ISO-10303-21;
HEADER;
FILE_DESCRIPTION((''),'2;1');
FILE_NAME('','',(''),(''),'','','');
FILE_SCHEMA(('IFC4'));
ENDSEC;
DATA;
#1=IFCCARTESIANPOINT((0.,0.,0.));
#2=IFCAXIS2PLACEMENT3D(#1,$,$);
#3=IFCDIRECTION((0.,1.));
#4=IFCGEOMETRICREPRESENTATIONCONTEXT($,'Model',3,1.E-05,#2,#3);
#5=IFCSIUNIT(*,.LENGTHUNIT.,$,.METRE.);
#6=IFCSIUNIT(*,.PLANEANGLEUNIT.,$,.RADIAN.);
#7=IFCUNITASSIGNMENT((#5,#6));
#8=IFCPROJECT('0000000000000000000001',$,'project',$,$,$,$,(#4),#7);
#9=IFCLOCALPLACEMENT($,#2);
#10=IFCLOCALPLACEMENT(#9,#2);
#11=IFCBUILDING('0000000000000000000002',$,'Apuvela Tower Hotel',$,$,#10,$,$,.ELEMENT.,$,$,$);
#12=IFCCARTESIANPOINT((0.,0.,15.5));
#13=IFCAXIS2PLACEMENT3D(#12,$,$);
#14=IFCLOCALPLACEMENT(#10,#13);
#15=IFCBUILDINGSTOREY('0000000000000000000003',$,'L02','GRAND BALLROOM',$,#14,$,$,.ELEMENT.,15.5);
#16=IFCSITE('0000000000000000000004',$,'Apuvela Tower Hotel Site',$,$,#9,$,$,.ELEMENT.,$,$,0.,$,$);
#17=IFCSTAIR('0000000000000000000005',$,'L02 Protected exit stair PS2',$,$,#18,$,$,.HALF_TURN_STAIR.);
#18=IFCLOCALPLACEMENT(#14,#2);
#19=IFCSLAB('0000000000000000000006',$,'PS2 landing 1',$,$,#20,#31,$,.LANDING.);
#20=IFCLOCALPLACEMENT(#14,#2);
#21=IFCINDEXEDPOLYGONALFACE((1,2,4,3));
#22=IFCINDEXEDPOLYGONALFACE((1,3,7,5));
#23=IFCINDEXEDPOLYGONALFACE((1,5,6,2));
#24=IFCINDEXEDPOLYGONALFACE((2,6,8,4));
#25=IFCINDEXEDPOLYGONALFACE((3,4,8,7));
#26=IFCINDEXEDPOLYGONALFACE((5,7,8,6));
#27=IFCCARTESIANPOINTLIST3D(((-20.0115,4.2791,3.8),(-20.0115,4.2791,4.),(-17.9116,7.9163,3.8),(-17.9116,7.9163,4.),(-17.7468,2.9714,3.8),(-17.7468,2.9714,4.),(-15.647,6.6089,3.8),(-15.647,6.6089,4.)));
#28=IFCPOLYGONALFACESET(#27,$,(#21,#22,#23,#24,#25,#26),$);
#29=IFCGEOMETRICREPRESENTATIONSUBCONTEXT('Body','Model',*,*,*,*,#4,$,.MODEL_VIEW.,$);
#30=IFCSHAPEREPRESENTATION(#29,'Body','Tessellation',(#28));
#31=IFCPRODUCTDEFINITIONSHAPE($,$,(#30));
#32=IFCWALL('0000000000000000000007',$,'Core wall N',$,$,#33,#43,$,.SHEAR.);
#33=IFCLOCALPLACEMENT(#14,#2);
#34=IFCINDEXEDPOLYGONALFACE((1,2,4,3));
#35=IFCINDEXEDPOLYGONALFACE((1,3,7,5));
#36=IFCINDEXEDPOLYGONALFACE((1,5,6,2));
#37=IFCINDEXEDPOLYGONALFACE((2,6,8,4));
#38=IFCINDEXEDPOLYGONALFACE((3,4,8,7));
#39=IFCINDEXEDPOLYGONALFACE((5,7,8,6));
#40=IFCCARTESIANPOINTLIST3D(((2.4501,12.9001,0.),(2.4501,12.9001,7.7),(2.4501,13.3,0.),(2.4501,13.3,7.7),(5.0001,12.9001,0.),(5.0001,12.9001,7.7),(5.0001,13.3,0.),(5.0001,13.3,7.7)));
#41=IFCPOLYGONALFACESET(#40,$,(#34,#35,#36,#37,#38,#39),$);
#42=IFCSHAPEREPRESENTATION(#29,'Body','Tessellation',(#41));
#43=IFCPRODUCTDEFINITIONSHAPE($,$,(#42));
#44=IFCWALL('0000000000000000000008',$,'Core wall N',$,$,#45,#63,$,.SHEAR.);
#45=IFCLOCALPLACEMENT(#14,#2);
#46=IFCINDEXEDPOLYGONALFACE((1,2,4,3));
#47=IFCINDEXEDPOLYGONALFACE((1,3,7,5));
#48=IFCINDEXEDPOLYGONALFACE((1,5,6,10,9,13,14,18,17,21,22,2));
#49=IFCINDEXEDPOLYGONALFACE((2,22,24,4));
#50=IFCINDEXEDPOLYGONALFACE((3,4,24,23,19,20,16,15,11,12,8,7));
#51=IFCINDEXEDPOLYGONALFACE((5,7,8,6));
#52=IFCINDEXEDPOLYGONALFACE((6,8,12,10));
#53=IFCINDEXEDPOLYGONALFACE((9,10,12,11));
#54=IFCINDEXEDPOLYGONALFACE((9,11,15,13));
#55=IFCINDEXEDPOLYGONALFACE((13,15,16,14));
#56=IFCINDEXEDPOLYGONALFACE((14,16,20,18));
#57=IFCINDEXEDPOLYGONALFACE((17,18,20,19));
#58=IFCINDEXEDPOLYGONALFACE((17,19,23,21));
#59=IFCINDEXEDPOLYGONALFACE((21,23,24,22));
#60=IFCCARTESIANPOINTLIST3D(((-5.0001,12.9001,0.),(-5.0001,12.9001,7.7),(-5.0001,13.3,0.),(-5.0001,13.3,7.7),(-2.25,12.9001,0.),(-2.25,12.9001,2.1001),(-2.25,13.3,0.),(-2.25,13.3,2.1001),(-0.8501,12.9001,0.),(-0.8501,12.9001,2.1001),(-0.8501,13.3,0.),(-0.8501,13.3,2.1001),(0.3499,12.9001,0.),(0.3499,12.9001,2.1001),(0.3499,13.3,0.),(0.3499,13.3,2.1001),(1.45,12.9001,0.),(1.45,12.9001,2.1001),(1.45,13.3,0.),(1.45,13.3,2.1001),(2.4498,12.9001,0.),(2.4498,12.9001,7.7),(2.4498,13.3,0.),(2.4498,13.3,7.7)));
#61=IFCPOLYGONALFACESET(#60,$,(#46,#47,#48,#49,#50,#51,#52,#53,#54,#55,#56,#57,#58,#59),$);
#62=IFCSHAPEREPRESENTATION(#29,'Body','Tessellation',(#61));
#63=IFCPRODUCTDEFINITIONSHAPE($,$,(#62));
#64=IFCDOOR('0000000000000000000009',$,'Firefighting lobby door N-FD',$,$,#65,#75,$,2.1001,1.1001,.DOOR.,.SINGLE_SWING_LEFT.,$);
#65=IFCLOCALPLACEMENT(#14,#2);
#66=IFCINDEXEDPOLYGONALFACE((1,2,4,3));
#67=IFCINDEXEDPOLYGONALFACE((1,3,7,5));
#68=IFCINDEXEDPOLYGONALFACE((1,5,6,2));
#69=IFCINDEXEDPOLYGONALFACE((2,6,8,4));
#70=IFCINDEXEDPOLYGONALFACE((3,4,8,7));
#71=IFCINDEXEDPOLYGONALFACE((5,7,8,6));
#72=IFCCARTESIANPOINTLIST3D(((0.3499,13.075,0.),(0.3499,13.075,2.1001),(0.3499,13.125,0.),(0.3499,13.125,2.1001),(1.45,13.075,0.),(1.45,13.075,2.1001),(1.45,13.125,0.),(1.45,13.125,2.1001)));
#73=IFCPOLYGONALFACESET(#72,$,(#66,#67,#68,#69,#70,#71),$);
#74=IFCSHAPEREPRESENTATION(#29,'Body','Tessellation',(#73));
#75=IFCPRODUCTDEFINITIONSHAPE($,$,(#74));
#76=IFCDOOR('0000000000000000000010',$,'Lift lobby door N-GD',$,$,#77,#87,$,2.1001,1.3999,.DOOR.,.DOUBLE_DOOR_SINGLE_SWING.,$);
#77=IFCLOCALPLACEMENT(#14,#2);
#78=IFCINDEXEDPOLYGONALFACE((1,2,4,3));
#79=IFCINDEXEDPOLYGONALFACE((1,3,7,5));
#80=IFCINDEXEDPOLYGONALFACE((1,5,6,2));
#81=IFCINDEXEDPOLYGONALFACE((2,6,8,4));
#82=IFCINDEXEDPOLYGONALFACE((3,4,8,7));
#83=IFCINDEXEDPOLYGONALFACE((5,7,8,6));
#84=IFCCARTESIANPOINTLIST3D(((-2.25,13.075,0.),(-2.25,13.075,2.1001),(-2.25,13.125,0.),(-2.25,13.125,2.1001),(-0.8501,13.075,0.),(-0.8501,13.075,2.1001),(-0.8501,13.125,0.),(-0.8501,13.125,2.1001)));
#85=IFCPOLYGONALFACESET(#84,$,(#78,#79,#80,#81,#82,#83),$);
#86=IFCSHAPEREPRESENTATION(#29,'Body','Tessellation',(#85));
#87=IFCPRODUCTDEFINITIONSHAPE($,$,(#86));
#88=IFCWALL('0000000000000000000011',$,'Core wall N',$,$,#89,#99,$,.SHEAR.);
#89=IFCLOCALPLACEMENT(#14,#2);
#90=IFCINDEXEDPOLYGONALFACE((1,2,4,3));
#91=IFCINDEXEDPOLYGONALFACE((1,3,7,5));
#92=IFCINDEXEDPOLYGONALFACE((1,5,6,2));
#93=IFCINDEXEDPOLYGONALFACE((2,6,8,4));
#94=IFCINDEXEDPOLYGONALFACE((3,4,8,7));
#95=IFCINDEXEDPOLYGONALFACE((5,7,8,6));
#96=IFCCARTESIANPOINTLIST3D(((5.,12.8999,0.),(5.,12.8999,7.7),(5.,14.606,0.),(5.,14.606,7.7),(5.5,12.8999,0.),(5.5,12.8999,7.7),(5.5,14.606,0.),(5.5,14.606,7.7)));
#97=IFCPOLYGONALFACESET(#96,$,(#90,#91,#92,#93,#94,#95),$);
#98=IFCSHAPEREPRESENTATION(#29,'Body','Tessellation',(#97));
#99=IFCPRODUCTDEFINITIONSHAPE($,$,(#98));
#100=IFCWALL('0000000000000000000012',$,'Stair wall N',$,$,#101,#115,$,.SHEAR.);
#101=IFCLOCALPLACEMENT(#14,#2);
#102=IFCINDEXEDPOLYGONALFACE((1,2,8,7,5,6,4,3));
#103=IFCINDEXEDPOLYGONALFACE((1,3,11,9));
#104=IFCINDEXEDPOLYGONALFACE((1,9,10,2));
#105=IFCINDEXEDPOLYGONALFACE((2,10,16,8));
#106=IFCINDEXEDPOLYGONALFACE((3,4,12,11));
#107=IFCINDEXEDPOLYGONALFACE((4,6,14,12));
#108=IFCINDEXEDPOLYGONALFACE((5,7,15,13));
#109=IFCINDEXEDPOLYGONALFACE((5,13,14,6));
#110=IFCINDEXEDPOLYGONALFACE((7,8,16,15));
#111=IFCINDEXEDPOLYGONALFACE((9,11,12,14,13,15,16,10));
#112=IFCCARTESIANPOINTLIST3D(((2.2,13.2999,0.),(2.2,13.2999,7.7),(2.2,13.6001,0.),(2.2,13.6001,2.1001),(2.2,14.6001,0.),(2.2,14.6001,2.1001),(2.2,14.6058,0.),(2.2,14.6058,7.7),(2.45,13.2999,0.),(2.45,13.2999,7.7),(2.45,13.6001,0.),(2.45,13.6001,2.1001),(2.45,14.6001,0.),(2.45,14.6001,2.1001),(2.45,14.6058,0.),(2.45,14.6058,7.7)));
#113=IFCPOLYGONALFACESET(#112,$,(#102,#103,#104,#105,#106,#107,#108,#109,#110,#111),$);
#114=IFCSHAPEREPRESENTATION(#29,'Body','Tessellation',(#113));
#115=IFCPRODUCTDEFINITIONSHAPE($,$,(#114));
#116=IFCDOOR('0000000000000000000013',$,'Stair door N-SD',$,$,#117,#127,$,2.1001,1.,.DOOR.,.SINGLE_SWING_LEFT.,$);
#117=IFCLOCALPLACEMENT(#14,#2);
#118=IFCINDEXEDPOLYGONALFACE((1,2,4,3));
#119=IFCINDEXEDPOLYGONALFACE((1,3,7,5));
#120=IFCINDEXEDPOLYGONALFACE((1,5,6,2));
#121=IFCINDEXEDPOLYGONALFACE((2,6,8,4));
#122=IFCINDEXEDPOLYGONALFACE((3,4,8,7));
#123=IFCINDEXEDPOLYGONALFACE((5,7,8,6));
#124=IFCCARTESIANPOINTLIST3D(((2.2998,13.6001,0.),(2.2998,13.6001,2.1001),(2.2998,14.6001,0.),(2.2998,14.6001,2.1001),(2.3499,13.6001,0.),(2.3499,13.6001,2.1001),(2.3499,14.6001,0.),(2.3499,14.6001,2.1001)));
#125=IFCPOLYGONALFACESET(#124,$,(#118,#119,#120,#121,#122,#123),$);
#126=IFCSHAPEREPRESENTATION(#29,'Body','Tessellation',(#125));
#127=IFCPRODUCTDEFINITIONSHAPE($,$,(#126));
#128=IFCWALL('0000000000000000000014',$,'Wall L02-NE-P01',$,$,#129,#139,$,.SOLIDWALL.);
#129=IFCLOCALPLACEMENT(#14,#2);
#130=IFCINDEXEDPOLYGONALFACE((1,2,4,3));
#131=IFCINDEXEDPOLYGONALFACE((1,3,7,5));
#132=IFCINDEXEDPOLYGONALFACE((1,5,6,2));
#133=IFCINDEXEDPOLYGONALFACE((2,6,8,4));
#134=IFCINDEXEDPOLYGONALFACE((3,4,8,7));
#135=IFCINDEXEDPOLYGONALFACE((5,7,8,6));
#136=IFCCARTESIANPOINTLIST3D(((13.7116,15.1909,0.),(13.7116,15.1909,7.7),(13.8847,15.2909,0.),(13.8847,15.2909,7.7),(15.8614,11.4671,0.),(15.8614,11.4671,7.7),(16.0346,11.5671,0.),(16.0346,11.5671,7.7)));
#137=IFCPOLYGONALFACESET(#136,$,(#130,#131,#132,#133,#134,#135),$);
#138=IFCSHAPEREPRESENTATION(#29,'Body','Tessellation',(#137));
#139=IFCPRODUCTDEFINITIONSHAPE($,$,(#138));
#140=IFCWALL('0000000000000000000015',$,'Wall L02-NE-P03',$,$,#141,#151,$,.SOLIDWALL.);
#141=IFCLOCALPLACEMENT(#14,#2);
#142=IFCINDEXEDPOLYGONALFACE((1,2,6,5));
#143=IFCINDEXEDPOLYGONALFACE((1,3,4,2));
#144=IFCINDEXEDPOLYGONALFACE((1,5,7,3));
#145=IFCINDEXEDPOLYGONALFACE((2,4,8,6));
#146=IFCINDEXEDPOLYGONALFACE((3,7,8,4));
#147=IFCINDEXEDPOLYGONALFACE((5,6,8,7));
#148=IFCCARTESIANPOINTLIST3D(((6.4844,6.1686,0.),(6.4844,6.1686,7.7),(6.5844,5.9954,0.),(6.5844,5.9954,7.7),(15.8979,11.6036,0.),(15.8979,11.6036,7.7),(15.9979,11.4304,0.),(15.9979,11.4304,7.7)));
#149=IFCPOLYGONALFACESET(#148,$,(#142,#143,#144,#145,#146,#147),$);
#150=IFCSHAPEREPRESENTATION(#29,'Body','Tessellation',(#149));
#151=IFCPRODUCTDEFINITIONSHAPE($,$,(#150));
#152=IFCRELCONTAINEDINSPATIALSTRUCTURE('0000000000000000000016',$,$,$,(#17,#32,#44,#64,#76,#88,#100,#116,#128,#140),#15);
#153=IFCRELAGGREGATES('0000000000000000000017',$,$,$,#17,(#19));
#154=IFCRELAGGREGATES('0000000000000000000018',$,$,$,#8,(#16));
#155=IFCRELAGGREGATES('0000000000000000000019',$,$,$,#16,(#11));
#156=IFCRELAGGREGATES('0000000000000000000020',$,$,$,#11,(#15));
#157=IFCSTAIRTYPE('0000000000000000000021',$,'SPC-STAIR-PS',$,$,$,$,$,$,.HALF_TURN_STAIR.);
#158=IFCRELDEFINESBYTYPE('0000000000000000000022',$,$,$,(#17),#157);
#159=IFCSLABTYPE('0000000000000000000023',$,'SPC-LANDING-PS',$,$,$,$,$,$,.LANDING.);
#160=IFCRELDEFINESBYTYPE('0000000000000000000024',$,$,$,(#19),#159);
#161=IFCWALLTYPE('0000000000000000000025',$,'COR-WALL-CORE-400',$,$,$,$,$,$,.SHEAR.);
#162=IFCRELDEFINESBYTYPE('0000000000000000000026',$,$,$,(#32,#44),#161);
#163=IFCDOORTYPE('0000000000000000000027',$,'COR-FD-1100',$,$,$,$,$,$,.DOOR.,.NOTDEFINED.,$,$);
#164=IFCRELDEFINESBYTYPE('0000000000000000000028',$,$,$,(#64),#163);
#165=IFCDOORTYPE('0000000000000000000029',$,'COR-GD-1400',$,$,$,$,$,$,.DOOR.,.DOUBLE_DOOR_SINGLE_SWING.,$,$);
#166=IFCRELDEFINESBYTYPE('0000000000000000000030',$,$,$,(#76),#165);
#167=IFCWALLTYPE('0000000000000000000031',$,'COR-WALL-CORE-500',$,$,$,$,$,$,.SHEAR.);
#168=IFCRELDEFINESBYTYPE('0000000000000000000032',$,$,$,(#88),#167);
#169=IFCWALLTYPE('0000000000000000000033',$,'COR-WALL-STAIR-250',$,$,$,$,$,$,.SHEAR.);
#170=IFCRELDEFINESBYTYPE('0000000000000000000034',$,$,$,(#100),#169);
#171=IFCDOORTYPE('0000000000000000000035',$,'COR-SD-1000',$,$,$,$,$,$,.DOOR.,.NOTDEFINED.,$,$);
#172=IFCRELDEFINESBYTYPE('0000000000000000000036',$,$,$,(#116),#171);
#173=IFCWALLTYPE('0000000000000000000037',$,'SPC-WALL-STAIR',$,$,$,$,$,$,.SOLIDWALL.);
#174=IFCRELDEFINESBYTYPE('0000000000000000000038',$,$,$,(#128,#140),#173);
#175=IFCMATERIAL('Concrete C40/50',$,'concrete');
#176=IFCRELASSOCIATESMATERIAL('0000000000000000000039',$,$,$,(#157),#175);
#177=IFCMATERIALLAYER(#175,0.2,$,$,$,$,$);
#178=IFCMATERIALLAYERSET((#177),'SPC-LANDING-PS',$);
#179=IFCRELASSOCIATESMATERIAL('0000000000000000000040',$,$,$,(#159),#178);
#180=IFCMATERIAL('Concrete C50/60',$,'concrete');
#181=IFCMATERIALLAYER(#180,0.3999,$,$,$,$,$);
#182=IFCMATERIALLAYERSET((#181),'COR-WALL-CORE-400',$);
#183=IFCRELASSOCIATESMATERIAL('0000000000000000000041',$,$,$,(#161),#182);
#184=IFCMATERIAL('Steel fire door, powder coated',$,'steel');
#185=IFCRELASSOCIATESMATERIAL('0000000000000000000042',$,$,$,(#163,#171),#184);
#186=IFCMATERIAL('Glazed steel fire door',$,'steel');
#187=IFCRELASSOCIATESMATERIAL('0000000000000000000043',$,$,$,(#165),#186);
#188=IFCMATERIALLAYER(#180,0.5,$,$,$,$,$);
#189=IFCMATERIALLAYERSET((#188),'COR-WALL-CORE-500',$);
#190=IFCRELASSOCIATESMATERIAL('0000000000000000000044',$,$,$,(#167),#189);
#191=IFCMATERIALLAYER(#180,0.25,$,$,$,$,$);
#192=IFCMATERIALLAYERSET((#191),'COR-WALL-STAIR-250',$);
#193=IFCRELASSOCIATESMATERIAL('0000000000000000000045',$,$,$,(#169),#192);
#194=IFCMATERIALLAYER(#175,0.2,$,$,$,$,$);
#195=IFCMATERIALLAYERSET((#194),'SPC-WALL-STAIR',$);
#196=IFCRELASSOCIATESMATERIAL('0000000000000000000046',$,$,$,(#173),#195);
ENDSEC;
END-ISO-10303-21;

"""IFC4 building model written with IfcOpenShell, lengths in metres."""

from ifc_helpers import new_model, si_unit, direction, frame, frame_2d, origin, place, context, subcontext, project, spatial, polyline, rectangle, outline, extrude, material, layer, layer_set, type_object, element, fill, aggregate, save


model = new_model("IFC4")

# Units and contexts
model_context = context("Model", 3, precision=1e-05, world=origin(), true_north=direction((0.0, 1.0)))
body_context = subcontext(model_context, "Body", "Model", "MODEL_VIEW")
ifc_project = project(units=[si_unit("LENGTHUNIT", "METRE"), si_unit("PLANEANGLEUNIT", "RADIAN")], contexts=[model_context])

# Site, building, storey
site_placement = place(None, origin())
site = spatial("IfcSite", under=ifc_project, at=site_placement, Name="Apuvela Tower Hotel Site", CompositionType="ELEMENT", RefElevation=0.0)
building_placement = place(site_placement, origin())
building = spatial("IfcBuilding", under=site, at=building_placement, Name="Apuvela Tower Hotel", CompositionType="ELEMENT")
storey_placement = place(building_placement, frame((0.0, 0.0, 15.5)))
storey = spatial("IfcBuildingStorey", under=building, at=storey_placement, Name="L02", Description="GRAND BALLROOM", CompositionType="ELEMENT", Elevation=15.5)

# Stair, slab
ifc_material_1 = material(Name="Concrete C40/50", Category="concrete")
stair_type = type_object("IfcStairType", Name="SPC-STAIR-PS", PredefinedType="HALF_TURN_STAIR", material=ifc_material_1)
stair_1_placement = place(storey_placement, origin())
stair_1 = element("IfcStair", 1, at=stair_1_placement, inside=storey, type_object=stair_type, Name="L02 Protected exit stair PS2", PredefinedType="HALF_TURN_STAIR")
ifc_layer_1 = layer(ifc_material_1, 0.2)
ifc_layer_set_1 = layer_set([ifc_layer_1], Name="SPC-LANDING-PS")
slab_type = type_object("IfcSlabType", Name="SPC-LANDING-PS", PredefinedType="LANDING", material=ifc_layer_set_1)
slab_placement = place(storey_placement, frame((0.0, 0.0, 3.8)))
slab = element("IfcSlab", 2, at=slab_placement, type_object=slab_type, Name="PS2 landing 1", PredefinedType="LANDING", context=body_context, shape_type="SweptSolid", body=[
    extrude(outline(polyline([(-15.647, 6.6089), (-17.9116, 7.9163), (-20.0115, 4.2791), (-17.7468, 2.9714), (-15.647, 6.6089)])), origin(), (0.0, 0.0, 1.0), 0.2),
])
aggregate(stair_1, [slab])

# Wall
ifc_material_2 = material(Name="Concrete C50/60", Category="concrete")
ifc_layer_2 = layer(ifc_material_2, 0.3999)
ifc_layer_set_2 = layer_set([ifc_layer_2], Name="COR-WALL-CORE-400")
wall_type_1 = type_object("IfcWallType", Name="COR-WALL-CORE-400", PredefinedType="SHEAR", material=ifc_layer_set_2)
wall_1_placement = place(storey_placement, frame((5.0, 13.1001, 0.0), z_axis=(0.0, 0.0, 1.0), x_axis=(-1.0, 0.0, 0.0)))
element("IfcWall", 3, at=wall_1_placement, inside=storey, type_object=wall_type_1, Name="Core wall N", PredefinedType="SHEAR", context=body_context, shape_type="SweptSolid", body=[
    extrude(rectangle(XDim=2.55, YDim=0.3999, at=frame_2d((1.2749, 0.0))), origin(), (0.0, 0.0, 1.0), 7.7),
])

# Wall, openings, doors
wall_2_placement = place(storey_placement, frame((2.45, 13.1001, 0.0), z_axis=(0.0, 0.0, 1.0), x_axis=(-1.0, 0.0, 0.0)))
wall_2 = element("IfcWall", 4, at=wall_2_placement, inside=storey, type_object=wall_type_1, Name="Core wall N", PredefinedType="SHEAR", context=body_context, shape_type="SweptSolid", body=[
    extrude(rectangle(XDim=7.45, YDim=0.3999, at=frame_2d((3.7251, 0.0))), origin(), (0.0, 0.0, 1.0), 7.7),
])
opening_1_placement = place(wall_2_placement, frame((1.0, 0.0, 0.0)))
opening_1 = element("IfcOpeningElement", 5, at=opening_1_placement, cuts=wall_2, PredefinedType="OPENING", context=body_context, shape_type="SweptSolid", body=[
    extrude(rectangle(XDim=1.1001, YDim=2.1001, at=frame_2d((0.55, 1.05))), frame((0.0, 0.21, 0.0), z_axis=(0.0, -1.0, 0.0), x_axis=(1.0, 0.0, 0.0)), (0.0, 0.0, 1.0), 0.4199),
])
opening_2_placement = place(wall_2_placement, frame((3.3, 0.0, 0.0)))
opening_2 = element("IfcOpeningElement", 6, at=opening_2_placement, cuts=wall_2, PredefinedType="OPENING", context=body_context, shape_type="SweptSolid", body=[
    extrude(rectangle(XDim=1.3999, YDim=2.1001, at=frame_2d((0.7, 1.05))), frame((0.0, 0.21, 0.0), z_axis=(0.0, -1.0, 0.0), x_axis=(1.0, 0.0, 0.0)), (0.0, 0.0, 1.0), 0.4199),
])
ifc_material_3 = material(Name="Steel fire door, powder coated", Category="steel")
door_type_1 = type_object("IfcDoorType", Name="COR-FD-1100", OperationType="NOTDEFINED", PredefinedType="DOOR", material=ifc_material_3)
door_1_placement = place(opening_1_placement, frame((1.1001, 0.0, 0.0), z_axis=(0.0, 0.0, 1.0), x_axis=(-1.0, 0.0, 0.0)))
door_1 = element("IfcDoor", 7, at=door_1_placement, inside=storey, type_object=door_type_1, Name="Firefighting lobby door N-FD", OperationType="SINGLE_SWING_LEFT", OverallHeight=2.1001, OverallWidth=1.1001, PredefinedType="DOOR", context=body_context, shape_type="SweptSolid", body=[
    extrude(rectangle(XDim=1.1001, YDim=2.1001, at=frame_2d((0.55, 1.05))), frame((0.0, 0.0249, 0.0), z_axis=(0.0, -1.0, 0.0), x_axis=(1.0, 0.0, 0.0)), (0.0, 0.0, 1.0), 0.05),
])
fill(opening_1, door_1)
ifc_material_4 = material(Name="Glazed steel fire door", Category="steel")
door_type_2 = type_object("IfcDoorType", Name="COR-GD-1400", OperationType="DOUBLE_DOOR_SINGLE_SWING", PredefinedType="DOOR", material=ifc_material_4)
door_2_placement = place(opening_2_placement, frame((1.3999, 0.0, 0.0), z_axis=(0.0, 0.0, 1.0), x_axis=(-1.0, 0.0, 0.0)))
door_2 = element("IfcDoor", 8, at=door_2_placement, inside=storey, type_object=door_type_2, Name="Lift lobby door N-GD", OperationType="DOUBLE_DOOR_SINGLE_SWING", OverallHeight=2.1001, OverallWidth=1.3999, PredefinedType="DOOR", context=body_context, shape_type="SweptSolid", body=[
    extrude(rectangle(XDim=1.3999, YDim=2.1001, at=frame_2d((0.7, 1.05))), frame((0.0, 0.0249, 0.0), z_axis=(0.0, -1.0, 0.0), x_axis=(1.0, 0.0, 0.0)), (0.0, 0.0, 1.0), 0.05),
])
fill(opening_2, door_2)

# Wall
ifc_layer_3 = layer(ifc_material_2, 0.5)
ifc_layer_set_3 = layer_set([ifc_layer_3], Name="COR-WALL-CORE-500")
wall_type_2 = type_object("IfcWallType", Name="COR-WALL-CORE-500", PredefinedType="SHEAR", material=ifc_layer_set_3)
wall_3_placement = place(storey_placement, frame((5.25, 12.8999, 0.0), z_axis=(0.0, 0.0, 1.0), x_axis=(0.0, 1.0, 0.0)))
element("IfcWall", 9, at=wall_3_placement, inside=storey, type_object=wall_type_2, Name="Core wall N", PredefinedType="SHEAR", context=body_context, shape_type="SweptSolid", body=[
    extrude(rectangle(XDim=1.7061, YDim=0.5, at=frame_2d((0.853, 0.0))), origin(), (0.0, 0.0, 1.0), 7.7),
])

# Wall, opening, door
ifc_layer_4 = layer(ifc_material_2, 0.25)
ifc_layer_set_4 = layer_set([ifc_layer_4], Name="COR-WALL-STAIR-250")
wall_type_3 = type_object("IfcWallType", Name="COR-WALL-STAIR-250", PredefinedType="SHEAR", material=ifc_layer_set_4)
wall_4_placement = place(storey_placement, frame((2.325, 13.3, 0.0), z_axis=(0.0, 0.0, 1.0), x_axis=(0.0, 1.0, 0.0)))
wall_4 = element("IfcWall", 10, at=wall_4_placement, inside=storey, type_object=wall_type_3, Name="Stair wall N", PredefinedType="SHEAR", context=body_context, shape_type="SweptSolid", body=[
    extrude(rectangle(XDim=1.3059, YDim=0.25, at=frame_2d((0.6528, 0.0))), origin(), (0.0, 0.0, 1.0), 7.7),
])
opening_3_placement = place(wall_4_placement, frame((0.3, 0.0, 0.0)))
opening_3 = element("IfcOpeningElement", 11, at=opening_3_placement, cuts=wall_4, PredefinedType="OPENING", context=body_context, shape_type="SweptSolid", body=[
    extrude(rectangle(XDim=1.0, YDim=2.1001, at=frame_2d((0.5, 1.05))), frame((0.0, 0.135, 0.0), z_axis=(0.0, -1.0, 0.0), x_axis=(1.0, 0.0, 0.0)), (0.0, 0.0, 1.0), 0.27),
])
door_type_3 = type_object("IfcDoorType", Name="COR-SD-1000", OperationType="NOTDEFINED", PredefinedType="DOOR", material=ifc_material_3)
door_3_placement = place(opening_3_placement, frame((1.0, 0.0, 0.0), z_axis=(0.0, 0.0, 1.0), x_axis=(-1.0, 0.0, 0.0)))
door_3 = element("IfcDoor", 12, at=door_3_placement, inside=storey, type_object=door_type_3, Name="Stair door N-SD", OperationType="SINGLE_SWING_LEFT", OverallHeight=2.1001, OverallWidth=1.0, PredefinedType="DOOR", context=body_context, shape_type="SweptSolid", body=[
    extrude(rectangle(XDim=1.0, YDim=2.1001, at=frame_2d((0.5, 1.05))), frame((0.0, 0.0249, 0.0), z_axis=(0.0, -1.0, 0.0), x_axis=(1.0, 0.0, 0.0)), (0.0, 0.0, 1.0), 0.05),
])
fill(opening_3, door_3)

# Walls
ifc_layer_5 = layer(ifc_material_1, 0.2)
ifc_layer_set_5 = layer_set([ifc_layer_5], Name="SPC-WALL-STAIR")
wall_type_4 = type_object("IfcWallType", Name="SPC-WALL-STAIR", PredefinedType="SOLIDWALL", material=ifc_layer_set_5)
wall_5_placement = place(storey_placement, frame((15.948, 11.5171, 0.0), z_axis=(0.0, 0.0, 1.0), x_axis=(-0.499986, 0.866033, 0.0)))
element("IfcWall", 13, at=wall_5_placement, inside=storey, type_object=wall_type_4, Name="Wall L02-NE-P01", PredefinedType="SOLIDWALL", context=body_context, shape_type="SweptSolid", body=[
    extrude(rectangle(XDim=4.2998, YDim=0.2, at=frame_2d((2.1499, 0.0))), origin(), (0.0, 0.0, 1.0), 7.7),
])
wall_6_placement = place(storey_placement, frame((15.948, 11.5171, 0.0), z_axis=(0.0, 0.0, 1.0), x_axis=(-0.86602, -0.500009, 0.0)))
element("IfcWall", 14, at=wall_6_placement, inside=storey, type_object=wall_type_4, Name="Wall L02-NE-P03", PredefinedType="SOLIDWALL", context=body_context, shape_type="SweptSolid", body=[
    extrude(rectangle(XDim=10.8699, YDim=0.2, at=frame_2d((5.4351, 0.0))), origin(), (0.0, 0.0, 1.0), 7.7),
])

save(model, "model.ifc")
